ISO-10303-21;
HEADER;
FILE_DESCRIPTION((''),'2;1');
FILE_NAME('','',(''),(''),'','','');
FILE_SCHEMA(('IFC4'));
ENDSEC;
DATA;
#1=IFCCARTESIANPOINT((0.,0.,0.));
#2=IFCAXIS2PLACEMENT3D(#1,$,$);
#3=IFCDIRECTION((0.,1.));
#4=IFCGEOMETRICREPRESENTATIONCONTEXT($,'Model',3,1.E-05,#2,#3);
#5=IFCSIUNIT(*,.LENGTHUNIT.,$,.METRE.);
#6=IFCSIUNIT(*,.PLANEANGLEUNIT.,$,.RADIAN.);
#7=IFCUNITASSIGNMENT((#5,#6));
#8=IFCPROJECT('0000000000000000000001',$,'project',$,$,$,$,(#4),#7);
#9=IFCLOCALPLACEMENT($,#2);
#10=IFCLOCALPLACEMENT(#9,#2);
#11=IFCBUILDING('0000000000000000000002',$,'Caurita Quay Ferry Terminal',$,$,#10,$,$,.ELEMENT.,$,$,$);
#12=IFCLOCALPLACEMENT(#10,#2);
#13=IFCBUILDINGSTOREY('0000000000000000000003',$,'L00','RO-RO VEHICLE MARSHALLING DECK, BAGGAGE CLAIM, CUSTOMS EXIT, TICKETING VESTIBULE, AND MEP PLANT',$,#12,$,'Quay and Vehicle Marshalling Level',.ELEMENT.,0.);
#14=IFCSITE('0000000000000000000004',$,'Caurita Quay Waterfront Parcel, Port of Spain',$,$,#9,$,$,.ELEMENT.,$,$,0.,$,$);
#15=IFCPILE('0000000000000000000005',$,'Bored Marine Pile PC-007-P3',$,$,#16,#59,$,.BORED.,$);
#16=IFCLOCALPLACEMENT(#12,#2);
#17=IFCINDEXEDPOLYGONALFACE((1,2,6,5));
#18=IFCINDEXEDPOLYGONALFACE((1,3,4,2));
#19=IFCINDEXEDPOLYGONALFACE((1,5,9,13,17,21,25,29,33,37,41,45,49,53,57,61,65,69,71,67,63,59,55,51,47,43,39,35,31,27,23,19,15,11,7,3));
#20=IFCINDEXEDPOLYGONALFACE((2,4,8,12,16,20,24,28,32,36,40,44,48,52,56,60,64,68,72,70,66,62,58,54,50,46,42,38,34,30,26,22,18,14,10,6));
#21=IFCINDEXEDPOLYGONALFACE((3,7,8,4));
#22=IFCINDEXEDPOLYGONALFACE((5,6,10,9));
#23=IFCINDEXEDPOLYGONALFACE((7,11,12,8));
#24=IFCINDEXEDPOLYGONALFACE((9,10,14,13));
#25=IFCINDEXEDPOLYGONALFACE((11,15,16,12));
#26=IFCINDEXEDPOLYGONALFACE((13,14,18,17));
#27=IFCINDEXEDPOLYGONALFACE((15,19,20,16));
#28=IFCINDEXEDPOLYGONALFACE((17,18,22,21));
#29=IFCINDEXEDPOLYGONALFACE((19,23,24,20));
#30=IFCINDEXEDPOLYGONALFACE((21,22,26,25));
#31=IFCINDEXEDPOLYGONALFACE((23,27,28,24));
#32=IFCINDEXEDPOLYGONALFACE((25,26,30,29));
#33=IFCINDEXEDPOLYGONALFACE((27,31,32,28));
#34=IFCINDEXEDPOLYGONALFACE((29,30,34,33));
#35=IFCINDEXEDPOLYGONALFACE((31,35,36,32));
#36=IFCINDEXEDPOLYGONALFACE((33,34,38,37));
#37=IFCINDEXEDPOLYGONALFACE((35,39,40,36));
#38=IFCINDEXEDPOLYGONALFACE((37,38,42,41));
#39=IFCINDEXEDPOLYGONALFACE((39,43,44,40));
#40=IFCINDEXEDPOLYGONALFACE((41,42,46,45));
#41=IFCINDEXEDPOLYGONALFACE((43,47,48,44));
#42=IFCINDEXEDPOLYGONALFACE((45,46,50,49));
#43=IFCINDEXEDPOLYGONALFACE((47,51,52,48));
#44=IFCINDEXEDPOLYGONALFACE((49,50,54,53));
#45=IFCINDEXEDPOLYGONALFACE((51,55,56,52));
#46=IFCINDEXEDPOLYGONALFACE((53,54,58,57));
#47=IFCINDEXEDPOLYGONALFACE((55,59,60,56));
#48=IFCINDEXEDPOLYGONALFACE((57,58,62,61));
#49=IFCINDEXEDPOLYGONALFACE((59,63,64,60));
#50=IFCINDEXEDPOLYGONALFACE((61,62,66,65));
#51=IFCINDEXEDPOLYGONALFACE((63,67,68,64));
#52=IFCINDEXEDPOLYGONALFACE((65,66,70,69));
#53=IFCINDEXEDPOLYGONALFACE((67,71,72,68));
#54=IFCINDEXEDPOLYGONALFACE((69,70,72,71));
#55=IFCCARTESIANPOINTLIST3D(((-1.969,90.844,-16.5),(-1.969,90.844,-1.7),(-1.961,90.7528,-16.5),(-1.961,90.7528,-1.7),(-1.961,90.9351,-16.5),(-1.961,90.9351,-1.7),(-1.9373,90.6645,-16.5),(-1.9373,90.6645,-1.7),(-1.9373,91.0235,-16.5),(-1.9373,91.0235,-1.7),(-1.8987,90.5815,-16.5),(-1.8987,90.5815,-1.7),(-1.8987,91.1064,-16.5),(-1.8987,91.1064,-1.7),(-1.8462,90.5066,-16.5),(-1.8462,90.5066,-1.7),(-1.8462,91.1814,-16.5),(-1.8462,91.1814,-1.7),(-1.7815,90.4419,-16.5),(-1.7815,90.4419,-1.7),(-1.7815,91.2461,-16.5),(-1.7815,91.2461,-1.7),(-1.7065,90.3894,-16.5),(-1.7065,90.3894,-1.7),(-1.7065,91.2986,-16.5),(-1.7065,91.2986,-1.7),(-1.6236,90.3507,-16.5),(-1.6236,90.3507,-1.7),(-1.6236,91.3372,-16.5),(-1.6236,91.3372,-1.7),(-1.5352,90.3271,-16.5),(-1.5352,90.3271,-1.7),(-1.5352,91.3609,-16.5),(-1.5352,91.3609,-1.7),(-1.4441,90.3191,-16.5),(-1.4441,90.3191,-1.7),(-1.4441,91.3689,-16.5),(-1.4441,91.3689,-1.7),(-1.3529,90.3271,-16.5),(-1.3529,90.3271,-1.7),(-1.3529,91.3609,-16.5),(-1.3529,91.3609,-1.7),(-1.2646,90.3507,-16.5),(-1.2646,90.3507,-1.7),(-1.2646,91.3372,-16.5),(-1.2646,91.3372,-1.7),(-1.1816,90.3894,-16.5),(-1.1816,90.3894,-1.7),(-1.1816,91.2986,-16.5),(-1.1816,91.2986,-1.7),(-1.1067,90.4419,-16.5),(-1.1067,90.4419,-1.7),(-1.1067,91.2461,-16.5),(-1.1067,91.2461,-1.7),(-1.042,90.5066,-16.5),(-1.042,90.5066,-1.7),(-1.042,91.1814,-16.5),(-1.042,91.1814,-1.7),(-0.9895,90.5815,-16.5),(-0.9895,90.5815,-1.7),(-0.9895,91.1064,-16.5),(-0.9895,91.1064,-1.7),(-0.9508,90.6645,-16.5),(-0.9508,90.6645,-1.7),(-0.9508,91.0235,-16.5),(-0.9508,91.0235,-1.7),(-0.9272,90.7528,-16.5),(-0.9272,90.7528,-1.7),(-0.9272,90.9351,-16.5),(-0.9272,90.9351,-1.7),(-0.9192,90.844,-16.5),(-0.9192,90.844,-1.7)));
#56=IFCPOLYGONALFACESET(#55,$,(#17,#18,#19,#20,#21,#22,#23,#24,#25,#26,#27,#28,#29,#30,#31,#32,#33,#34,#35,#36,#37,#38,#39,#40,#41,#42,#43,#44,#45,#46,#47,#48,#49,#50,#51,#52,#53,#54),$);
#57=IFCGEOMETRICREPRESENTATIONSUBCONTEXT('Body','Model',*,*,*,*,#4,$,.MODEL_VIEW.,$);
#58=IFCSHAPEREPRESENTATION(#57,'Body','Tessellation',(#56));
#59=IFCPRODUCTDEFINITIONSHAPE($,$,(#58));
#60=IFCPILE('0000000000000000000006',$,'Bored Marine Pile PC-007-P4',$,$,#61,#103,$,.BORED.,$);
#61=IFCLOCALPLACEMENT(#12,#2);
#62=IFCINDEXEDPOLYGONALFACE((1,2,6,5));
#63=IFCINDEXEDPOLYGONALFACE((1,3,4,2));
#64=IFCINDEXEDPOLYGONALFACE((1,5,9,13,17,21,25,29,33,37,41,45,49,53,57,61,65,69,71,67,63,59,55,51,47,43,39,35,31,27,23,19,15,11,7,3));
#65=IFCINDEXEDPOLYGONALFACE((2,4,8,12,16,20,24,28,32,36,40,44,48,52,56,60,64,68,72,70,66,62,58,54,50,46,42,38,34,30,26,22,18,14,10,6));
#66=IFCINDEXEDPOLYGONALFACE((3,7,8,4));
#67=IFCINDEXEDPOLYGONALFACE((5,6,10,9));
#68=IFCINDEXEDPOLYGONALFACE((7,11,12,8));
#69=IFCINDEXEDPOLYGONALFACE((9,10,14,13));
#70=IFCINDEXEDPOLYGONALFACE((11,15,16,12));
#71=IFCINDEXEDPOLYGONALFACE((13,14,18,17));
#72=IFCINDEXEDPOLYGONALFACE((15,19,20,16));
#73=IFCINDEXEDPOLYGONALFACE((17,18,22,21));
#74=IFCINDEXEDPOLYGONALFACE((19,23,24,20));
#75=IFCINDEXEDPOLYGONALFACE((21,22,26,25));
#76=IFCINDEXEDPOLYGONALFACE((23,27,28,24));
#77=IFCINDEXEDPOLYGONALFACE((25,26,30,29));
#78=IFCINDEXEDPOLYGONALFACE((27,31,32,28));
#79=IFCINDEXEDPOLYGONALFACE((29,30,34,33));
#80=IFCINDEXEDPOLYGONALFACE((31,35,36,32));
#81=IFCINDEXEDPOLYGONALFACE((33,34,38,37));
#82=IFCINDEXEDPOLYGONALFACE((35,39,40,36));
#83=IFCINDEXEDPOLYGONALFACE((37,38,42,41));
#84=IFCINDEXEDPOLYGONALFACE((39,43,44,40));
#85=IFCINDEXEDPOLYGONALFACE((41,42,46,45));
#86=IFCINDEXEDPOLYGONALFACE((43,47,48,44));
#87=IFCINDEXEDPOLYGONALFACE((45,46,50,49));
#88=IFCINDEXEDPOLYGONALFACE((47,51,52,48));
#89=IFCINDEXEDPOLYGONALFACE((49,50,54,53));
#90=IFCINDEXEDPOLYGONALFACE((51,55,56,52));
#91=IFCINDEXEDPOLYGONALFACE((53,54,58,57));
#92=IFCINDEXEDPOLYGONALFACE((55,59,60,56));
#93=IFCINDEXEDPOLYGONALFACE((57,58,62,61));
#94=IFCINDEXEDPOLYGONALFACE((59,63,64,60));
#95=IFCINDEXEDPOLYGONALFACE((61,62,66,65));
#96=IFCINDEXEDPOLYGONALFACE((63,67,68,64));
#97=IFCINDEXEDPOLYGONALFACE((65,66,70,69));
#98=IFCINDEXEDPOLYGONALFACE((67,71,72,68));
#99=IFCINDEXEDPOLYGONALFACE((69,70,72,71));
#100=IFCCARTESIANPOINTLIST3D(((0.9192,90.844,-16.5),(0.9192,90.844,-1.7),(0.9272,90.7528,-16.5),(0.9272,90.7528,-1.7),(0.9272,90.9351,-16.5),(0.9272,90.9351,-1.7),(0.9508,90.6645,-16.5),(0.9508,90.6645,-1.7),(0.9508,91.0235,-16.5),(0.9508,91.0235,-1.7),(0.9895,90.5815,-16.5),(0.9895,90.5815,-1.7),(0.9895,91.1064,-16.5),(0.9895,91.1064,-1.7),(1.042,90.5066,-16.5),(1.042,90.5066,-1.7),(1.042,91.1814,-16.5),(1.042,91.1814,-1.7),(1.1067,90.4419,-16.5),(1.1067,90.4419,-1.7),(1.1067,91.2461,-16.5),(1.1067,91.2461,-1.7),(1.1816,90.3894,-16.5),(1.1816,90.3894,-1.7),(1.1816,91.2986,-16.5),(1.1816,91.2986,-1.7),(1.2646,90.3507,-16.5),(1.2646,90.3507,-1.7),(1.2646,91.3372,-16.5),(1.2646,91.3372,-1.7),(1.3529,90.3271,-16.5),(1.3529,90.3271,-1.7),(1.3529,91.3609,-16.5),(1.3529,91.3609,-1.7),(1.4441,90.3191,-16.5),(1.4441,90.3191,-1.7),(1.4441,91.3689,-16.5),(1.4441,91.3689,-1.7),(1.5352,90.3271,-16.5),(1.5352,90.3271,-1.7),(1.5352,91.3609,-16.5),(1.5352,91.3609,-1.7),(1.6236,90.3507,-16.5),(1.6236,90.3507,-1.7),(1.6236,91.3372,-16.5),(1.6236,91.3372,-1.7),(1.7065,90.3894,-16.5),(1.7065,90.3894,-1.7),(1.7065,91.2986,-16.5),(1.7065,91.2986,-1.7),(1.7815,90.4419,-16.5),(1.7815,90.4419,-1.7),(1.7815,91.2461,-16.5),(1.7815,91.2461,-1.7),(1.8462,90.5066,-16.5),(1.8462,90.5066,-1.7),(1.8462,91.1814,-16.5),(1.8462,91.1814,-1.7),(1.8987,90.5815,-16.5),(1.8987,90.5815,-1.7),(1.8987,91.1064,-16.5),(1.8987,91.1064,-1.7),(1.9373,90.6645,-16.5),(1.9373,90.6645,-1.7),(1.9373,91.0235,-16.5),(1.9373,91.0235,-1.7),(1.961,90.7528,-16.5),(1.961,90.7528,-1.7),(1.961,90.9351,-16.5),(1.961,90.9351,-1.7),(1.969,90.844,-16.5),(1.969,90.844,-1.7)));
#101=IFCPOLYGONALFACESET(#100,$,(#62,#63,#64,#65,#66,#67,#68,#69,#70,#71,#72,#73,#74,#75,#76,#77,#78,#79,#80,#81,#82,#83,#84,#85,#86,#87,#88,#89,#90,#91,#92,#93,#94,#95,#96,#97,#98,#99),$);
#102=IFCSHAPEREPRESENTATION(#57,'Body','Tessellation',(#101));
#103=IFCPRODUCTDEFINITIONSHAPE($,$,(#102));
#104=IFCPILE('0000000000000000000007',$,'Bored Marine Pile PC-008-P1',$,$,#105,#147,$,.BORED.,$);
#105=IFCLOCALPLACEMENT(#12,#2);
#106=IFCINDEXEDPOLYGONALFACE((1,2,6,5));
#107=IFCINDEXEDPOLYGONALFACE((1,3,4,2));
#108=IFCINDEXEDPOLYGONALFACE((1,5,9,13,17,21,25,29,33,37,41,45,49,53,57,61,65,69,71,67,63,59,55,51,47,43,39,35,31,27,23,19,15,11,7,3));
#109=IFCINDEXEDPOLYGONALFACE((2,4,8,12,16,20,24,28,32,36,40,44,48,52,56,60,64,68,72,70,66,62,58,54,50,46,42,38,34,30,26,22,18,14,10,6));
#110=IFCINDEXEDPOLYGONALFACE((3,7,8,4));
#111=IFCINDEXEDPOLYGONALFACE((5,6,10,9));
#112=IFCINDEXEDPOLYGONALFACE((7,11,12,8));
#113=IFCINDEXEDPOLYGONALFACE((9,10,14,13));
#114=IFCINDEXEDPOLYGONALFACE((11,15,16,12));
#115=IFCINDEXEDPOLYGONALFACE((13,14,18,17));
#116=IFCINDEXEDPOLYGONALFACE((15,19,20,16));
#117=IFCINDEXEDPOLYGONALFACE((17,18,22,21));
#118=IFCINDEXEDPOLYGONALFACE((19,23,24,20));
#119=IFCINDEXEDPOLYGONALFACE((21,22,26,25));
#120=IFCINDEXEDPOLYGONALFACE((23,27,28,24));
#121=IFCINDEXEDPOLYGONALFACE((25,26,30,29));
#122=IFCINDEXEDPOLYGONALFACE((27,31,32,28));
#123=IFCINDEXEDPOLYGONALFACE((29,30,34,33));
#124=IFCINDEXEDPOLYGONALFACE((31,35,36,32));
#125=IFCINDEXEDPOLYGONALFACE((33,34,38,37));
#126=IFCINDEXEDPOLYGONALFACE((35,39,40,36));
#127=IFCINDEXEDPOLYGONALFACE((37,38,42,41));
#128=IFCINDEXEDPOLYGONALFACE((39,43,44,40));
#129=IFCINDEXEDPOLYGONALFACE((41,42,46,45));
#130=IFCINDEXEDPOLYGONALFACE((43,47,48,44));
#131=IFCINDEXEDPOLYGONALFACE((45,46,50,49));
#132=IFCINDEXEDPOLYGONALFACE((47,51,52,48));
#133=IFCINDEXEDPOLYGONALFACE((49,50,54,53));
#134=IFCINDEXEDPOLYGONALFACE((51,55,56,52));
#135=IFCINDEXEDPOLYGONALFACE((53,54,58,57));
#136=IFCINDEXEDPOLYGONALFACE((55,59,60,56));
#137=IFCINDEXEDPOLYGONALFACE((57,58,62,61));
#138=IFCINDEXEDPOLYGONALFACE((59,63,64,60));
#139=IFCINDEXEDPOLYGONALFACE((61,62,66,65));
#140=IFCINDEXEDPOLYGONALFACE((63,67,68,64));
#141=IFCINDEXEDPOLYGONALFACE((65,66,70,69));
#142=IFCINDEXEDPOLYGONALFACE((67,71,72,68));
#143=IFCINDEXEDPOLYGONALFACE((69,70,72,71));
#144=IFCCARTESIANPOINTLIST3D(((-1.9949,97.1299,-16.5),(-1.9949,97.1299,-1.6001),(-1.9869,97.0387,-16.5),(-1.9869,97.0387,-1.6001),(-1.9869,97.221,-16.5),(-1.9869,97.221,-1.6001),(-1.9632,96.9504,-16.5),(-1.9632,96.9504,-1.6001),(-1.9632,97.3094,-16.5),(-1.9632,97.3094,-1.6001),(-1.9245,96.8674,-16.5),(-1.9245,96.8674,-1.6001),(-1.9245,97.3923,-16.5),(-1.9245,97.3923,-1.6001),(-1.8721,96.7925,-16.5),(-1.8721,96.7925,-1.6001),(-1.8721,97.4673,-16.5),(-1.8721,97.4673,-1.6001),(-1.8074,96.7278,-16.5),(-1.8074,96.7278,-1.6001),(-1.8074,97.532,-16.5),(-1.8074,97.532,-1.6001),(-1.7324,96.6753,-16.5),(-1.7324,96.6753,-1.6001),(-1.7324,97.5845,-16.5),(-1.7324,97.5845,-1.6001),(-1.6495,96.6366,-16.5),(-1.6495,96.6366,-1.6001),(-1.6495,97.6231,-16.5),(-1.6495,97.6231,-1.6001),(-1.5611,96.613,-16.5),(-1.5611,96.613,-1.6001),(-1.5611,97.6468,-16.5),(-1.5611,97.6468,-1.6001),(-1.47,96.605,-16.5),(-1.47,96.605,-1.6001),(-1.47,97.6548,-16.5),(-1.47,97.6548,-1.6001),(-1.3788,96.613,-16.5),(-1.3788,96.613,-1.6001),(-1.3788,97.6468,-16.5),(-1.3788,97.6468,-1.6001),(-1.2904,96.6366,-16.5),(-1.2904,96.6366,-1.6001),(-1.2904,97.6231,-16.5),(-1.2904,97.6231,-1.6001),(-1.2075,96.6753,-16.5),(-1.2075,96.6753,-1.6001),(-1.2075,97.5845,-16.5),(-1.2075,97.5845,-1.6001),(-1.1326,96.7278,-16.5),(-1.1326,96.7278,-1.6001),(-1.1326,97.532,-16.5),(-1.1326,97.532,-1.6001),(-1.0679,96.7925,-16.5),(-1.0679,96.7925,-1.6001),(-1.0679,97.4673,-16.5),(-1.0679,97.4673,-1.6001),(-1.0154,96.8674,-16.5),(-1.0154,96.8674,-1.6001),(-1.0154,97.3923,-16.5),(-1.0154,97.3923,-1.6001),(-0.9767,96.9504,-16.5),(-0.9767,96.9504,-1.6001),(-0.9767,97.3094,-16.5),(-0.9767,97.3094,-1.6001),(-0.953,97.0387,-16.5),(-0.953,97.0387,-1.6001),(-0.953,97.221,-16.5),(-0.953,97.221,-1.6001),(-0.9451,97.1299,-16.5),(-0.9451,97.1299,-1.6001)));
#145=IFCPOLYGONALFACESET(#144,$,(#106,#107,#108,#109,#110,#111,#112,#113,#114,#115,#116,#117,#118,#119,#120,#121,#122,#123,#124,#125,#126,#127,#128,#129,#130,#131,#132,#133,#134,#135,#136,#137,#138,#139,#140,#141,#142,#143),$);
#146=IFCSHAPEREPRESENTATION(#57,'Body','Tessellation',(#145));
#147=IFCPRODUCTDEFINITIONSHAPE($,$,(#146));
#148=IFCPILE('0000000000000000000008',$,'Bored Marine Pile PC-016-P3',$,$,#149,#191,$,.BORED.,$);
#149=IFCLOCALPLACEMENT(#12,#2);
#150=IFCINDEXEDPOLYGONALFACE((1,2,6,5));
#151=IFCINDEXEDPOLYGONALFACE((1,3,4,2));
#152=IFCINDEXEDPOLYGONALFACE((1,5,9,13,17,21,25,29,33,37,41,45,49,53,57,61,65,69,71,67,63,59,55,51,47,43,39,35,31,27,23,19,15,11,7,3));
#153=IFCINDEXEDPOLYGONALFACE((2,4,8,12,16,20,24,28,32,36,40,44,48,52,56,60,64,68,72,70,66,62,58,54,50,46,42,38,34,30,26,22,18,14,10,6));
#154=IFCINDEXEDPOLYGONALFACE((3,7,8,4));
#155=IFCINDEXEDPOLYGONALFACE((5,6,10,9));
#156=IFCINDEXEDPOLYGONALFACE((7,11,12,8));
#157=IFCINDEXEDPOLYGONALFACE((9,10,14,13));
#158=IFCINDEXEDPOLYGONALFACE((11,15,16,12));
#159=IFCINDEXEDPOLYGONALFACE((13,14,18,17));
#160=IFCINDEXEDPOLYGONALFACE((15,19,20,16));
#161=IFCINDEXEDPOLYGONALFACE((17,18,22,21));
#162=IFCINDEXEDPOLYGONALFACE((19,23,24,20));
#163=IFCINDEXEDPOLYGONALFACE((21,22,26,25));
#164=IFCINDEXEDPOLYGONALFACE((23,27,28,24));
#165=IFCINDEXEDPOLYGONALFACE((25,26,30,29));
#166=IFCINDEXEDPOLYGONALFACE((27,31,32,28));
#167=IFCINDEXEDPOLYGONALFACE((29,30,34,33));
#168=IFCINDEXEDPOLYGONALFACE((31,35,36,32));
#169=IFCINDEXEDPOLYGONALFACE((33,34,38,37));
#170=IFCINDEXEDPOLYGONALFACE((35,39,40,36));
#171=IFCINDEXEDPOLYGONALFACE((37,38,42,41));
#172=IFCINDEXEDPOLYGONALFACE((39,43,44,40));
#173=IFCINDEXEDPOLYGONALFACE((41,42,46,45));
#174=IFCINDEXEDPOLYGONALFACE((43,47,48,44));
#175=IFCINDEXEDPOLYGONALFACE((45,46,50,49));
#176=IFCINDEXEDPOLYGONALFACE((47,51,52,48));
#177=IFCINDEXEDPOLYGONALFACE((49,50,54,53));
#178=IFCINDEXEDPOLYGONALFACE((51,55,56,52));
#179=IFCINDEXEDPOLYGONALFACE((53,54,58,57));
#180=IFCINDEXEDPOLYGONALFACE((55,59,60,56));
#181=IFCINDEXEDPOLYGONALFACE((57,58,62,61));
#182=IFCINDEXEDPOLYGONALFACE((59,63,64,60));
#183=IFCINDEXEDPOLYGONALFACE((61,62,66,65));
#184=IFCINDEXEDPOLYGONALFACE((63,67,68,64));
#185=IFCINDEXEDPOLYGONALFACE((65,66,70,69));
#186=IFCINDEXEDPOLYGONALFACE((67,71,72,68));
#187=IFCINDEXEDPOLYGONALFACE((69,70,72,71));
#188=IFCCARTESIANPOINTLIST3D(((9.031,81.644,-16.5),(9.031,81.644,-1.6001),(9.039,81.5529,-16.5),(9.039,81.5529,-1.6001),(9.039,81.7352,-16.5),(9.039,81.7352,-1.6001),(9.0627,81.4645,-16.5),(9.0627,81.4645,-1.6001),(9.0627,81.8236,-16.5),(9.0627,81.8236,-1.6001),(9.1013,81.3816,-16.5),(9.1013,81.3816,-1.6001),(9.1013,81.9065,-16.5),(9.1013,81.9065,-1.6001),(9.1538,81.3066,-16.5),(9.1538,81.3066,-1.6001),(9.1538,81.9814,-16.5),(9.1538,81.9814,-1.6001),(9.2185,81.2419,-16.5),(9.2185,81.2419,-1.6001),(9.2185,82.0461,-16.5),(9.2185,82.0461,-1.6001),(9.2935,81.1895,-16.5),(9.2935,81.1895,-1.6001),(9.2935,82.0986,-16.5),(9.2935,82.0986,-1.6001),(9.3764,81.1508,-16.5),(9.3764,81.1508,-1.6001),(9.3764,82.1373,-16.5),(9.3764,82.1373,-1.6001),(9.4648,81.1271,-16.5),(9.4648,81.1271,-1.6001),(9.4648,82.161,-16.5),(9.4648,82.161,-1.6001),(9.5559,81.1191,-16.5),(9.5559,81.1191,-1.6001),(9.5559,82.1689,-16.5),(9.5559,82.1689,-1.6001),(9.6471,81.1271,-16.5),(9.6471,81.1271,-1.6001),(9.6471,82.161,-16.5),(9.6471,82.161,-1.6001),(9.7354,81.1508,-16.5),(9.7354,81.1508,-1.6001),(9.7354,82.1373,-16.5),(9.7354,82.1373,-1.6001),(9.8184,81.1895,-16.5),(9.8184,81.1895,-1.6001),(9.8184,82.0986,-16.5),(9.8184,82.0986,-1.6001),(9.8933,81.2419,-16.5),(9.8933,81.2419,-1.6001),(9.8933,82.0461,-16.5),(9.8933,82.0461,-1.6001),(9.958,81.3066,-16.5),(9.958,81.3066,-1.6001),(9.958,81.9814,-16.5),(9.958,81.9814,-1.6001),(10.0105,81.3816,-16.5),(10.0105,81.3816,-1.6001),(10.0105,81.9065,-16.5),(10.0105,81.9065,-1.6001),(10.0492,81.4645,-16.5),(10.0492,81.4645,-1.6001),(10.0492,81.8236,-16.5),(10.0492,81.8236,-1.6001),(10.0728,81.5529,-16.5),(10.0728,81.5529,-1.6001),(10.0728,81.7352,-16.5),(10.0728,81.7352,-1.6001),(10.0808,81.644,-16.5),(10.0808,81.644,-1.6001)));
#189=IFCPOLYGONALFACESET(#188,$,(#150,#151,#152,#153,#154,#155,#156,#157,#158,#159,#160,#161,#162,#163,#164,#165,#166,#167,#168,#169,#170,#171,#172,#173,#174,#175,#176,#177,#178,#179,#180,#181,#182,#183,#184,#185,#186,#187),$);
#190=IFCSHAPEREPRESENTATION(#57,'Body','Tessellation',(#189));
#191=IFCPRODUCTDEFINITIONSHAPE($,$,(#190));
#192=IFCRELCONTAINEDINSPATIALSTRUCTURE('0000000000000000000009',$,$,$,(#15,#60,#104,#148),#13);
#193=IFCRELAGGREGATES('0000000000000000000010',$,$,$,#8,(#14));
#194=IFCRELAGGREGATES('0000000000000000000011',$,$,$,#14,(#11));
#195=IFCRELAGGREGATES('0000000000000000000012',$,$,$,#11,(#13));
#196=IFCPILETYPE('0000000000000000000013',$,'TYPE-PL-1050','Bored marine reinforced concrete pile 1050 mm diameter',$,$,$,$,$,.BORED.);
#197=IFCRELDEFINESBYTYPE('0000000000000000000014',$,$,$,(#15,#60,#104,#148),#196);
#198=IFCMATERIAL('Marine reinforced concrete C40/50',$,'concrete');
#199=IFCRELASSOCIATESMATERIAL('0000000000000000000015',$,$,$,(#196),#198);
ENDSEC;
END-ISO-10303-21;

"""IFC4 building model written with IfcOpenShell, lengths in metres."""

from ifc_helpers import new_model, si_unit, direction, frame, origin, origin_2d, place, context, subcontext, project, spatial, circle, extrude, material, material_profile, profile_set, type_object, element, save


model = new_model("IFC4")

# Units and contexts
model_context = context("Model", 3, precision=1e-05, world=origin(), true_north=direction((0.0, 1.0)))
body_context = subcontext(model_context, "Body", "Model", "MODEL_VIEW")
ifc_project = project(units=[si_unit("LENGTHUNIT", "METRE"), si_unit("PLANEANGLEUNIT", "RADIAN")], contexts=[model_context])

# Site, building, storey
site_placement = place(None, origin())
site = spatial("IfcSite", under=ifc_project, at=site_placement, Name="Caurita Quay Waterfront Parcel, Port of Spain", CompositionType="ELEMENT", RefElevation=0.0)
building_placement = place(site_placement, origin())
building = spatial("IfcBuilding", under=site, at=building_placement, Name="Caurita Quay Ferry Terminal", CompositionType="ELEMENT")
storey_placement = place(building_placement, origin())
storey = spatial("IfcBuildingStorey", under=building, at=storey_placement, Name="L00", Description="RO-RO VEHICLE MARSHALLING DECK, BAGGAGE CLAIM, CUSTOMS EXIT, TICKETING VESTIBULE, AND MEP PLANT", LongName="Quay and Vehicle Marshalling Level", CompositionType="ELEMENT", Elevation=0.0)

# Piles
ifc_material_1 = material(Name="Marine reinforced concrete C40/50", Category="concrete")
ifc_material_profile_1 = material_profile(ifc_material_1, circle(Radius=0.5249, at=origin_2d()), Name="PILE-D1050")
ifc_profile_set_1 = profile_set([ifc_material_profile_1], Name="Marine reinforced concrete C40/50")
pile_type = type_object("IfcPileType", Name="TYPE-PL-1050", Description="Bored marine reinforced concrete pile 1050 mm diameter", PredefinedType="BORED", material=ifc_profile_set_1)
for number, where, z_axis, x_axis, name in (
    (1, (-1.4441, 90.844, -1.7), (0.0, 0.0, -1.0), (1.0, 0.0, 0.0), "Bored Marine Pile PC-007-P3"),
    (2, (1.4441, 90.844, -1.7), (0.0, 0.0, -1.0), (1.0, 0.0, 0.0), "Bored Marine Pile PC-007-P4"),
):
    element("IfcPile", number, at=place(storey_placement, frame(where, z_axis=z_axis, x_axis=x_axis)), inside=storey, type_object=pile_type, Name=name, PredefinedType="BORED", context=body_context, shape_type="SweptSolid", body=[
        extrude(circle(Radius=0.5249, at=origin_2d()), origin(), (0.0, 0.0, 1.0), 14.8),
    ])
for number, where, z_axis, x_axis, name in (
    (3, (-1.47, 97.1299, -1.6001), (0.0, 0.0, -1.0), (1.0, 0.0, 0.0), "Bored Marine Pile PC-008-P1"),
    (4, (9.5559, 81.644, -1.6001), (0.0, 0.0, -1.0), (1.0, 0.0, 0.0), "Bored Marine Pile PC-016-P3"),
):
    element("IfcPile", number, at=place(storey_placement, frame(where, z_axis=z_axis, x_axis=x_axis)), inside=storey, type_object=pile_type, Name=name, PredefinedType="BORED", context=body_context, shape_type="SweptSolid", body=[
        extrude(circle(Radius=0.5249, at=origin_2d()), origin(), (0.0, 0.0, 1.0), 14.8999),
    ])

save(model, "model.ifc")
